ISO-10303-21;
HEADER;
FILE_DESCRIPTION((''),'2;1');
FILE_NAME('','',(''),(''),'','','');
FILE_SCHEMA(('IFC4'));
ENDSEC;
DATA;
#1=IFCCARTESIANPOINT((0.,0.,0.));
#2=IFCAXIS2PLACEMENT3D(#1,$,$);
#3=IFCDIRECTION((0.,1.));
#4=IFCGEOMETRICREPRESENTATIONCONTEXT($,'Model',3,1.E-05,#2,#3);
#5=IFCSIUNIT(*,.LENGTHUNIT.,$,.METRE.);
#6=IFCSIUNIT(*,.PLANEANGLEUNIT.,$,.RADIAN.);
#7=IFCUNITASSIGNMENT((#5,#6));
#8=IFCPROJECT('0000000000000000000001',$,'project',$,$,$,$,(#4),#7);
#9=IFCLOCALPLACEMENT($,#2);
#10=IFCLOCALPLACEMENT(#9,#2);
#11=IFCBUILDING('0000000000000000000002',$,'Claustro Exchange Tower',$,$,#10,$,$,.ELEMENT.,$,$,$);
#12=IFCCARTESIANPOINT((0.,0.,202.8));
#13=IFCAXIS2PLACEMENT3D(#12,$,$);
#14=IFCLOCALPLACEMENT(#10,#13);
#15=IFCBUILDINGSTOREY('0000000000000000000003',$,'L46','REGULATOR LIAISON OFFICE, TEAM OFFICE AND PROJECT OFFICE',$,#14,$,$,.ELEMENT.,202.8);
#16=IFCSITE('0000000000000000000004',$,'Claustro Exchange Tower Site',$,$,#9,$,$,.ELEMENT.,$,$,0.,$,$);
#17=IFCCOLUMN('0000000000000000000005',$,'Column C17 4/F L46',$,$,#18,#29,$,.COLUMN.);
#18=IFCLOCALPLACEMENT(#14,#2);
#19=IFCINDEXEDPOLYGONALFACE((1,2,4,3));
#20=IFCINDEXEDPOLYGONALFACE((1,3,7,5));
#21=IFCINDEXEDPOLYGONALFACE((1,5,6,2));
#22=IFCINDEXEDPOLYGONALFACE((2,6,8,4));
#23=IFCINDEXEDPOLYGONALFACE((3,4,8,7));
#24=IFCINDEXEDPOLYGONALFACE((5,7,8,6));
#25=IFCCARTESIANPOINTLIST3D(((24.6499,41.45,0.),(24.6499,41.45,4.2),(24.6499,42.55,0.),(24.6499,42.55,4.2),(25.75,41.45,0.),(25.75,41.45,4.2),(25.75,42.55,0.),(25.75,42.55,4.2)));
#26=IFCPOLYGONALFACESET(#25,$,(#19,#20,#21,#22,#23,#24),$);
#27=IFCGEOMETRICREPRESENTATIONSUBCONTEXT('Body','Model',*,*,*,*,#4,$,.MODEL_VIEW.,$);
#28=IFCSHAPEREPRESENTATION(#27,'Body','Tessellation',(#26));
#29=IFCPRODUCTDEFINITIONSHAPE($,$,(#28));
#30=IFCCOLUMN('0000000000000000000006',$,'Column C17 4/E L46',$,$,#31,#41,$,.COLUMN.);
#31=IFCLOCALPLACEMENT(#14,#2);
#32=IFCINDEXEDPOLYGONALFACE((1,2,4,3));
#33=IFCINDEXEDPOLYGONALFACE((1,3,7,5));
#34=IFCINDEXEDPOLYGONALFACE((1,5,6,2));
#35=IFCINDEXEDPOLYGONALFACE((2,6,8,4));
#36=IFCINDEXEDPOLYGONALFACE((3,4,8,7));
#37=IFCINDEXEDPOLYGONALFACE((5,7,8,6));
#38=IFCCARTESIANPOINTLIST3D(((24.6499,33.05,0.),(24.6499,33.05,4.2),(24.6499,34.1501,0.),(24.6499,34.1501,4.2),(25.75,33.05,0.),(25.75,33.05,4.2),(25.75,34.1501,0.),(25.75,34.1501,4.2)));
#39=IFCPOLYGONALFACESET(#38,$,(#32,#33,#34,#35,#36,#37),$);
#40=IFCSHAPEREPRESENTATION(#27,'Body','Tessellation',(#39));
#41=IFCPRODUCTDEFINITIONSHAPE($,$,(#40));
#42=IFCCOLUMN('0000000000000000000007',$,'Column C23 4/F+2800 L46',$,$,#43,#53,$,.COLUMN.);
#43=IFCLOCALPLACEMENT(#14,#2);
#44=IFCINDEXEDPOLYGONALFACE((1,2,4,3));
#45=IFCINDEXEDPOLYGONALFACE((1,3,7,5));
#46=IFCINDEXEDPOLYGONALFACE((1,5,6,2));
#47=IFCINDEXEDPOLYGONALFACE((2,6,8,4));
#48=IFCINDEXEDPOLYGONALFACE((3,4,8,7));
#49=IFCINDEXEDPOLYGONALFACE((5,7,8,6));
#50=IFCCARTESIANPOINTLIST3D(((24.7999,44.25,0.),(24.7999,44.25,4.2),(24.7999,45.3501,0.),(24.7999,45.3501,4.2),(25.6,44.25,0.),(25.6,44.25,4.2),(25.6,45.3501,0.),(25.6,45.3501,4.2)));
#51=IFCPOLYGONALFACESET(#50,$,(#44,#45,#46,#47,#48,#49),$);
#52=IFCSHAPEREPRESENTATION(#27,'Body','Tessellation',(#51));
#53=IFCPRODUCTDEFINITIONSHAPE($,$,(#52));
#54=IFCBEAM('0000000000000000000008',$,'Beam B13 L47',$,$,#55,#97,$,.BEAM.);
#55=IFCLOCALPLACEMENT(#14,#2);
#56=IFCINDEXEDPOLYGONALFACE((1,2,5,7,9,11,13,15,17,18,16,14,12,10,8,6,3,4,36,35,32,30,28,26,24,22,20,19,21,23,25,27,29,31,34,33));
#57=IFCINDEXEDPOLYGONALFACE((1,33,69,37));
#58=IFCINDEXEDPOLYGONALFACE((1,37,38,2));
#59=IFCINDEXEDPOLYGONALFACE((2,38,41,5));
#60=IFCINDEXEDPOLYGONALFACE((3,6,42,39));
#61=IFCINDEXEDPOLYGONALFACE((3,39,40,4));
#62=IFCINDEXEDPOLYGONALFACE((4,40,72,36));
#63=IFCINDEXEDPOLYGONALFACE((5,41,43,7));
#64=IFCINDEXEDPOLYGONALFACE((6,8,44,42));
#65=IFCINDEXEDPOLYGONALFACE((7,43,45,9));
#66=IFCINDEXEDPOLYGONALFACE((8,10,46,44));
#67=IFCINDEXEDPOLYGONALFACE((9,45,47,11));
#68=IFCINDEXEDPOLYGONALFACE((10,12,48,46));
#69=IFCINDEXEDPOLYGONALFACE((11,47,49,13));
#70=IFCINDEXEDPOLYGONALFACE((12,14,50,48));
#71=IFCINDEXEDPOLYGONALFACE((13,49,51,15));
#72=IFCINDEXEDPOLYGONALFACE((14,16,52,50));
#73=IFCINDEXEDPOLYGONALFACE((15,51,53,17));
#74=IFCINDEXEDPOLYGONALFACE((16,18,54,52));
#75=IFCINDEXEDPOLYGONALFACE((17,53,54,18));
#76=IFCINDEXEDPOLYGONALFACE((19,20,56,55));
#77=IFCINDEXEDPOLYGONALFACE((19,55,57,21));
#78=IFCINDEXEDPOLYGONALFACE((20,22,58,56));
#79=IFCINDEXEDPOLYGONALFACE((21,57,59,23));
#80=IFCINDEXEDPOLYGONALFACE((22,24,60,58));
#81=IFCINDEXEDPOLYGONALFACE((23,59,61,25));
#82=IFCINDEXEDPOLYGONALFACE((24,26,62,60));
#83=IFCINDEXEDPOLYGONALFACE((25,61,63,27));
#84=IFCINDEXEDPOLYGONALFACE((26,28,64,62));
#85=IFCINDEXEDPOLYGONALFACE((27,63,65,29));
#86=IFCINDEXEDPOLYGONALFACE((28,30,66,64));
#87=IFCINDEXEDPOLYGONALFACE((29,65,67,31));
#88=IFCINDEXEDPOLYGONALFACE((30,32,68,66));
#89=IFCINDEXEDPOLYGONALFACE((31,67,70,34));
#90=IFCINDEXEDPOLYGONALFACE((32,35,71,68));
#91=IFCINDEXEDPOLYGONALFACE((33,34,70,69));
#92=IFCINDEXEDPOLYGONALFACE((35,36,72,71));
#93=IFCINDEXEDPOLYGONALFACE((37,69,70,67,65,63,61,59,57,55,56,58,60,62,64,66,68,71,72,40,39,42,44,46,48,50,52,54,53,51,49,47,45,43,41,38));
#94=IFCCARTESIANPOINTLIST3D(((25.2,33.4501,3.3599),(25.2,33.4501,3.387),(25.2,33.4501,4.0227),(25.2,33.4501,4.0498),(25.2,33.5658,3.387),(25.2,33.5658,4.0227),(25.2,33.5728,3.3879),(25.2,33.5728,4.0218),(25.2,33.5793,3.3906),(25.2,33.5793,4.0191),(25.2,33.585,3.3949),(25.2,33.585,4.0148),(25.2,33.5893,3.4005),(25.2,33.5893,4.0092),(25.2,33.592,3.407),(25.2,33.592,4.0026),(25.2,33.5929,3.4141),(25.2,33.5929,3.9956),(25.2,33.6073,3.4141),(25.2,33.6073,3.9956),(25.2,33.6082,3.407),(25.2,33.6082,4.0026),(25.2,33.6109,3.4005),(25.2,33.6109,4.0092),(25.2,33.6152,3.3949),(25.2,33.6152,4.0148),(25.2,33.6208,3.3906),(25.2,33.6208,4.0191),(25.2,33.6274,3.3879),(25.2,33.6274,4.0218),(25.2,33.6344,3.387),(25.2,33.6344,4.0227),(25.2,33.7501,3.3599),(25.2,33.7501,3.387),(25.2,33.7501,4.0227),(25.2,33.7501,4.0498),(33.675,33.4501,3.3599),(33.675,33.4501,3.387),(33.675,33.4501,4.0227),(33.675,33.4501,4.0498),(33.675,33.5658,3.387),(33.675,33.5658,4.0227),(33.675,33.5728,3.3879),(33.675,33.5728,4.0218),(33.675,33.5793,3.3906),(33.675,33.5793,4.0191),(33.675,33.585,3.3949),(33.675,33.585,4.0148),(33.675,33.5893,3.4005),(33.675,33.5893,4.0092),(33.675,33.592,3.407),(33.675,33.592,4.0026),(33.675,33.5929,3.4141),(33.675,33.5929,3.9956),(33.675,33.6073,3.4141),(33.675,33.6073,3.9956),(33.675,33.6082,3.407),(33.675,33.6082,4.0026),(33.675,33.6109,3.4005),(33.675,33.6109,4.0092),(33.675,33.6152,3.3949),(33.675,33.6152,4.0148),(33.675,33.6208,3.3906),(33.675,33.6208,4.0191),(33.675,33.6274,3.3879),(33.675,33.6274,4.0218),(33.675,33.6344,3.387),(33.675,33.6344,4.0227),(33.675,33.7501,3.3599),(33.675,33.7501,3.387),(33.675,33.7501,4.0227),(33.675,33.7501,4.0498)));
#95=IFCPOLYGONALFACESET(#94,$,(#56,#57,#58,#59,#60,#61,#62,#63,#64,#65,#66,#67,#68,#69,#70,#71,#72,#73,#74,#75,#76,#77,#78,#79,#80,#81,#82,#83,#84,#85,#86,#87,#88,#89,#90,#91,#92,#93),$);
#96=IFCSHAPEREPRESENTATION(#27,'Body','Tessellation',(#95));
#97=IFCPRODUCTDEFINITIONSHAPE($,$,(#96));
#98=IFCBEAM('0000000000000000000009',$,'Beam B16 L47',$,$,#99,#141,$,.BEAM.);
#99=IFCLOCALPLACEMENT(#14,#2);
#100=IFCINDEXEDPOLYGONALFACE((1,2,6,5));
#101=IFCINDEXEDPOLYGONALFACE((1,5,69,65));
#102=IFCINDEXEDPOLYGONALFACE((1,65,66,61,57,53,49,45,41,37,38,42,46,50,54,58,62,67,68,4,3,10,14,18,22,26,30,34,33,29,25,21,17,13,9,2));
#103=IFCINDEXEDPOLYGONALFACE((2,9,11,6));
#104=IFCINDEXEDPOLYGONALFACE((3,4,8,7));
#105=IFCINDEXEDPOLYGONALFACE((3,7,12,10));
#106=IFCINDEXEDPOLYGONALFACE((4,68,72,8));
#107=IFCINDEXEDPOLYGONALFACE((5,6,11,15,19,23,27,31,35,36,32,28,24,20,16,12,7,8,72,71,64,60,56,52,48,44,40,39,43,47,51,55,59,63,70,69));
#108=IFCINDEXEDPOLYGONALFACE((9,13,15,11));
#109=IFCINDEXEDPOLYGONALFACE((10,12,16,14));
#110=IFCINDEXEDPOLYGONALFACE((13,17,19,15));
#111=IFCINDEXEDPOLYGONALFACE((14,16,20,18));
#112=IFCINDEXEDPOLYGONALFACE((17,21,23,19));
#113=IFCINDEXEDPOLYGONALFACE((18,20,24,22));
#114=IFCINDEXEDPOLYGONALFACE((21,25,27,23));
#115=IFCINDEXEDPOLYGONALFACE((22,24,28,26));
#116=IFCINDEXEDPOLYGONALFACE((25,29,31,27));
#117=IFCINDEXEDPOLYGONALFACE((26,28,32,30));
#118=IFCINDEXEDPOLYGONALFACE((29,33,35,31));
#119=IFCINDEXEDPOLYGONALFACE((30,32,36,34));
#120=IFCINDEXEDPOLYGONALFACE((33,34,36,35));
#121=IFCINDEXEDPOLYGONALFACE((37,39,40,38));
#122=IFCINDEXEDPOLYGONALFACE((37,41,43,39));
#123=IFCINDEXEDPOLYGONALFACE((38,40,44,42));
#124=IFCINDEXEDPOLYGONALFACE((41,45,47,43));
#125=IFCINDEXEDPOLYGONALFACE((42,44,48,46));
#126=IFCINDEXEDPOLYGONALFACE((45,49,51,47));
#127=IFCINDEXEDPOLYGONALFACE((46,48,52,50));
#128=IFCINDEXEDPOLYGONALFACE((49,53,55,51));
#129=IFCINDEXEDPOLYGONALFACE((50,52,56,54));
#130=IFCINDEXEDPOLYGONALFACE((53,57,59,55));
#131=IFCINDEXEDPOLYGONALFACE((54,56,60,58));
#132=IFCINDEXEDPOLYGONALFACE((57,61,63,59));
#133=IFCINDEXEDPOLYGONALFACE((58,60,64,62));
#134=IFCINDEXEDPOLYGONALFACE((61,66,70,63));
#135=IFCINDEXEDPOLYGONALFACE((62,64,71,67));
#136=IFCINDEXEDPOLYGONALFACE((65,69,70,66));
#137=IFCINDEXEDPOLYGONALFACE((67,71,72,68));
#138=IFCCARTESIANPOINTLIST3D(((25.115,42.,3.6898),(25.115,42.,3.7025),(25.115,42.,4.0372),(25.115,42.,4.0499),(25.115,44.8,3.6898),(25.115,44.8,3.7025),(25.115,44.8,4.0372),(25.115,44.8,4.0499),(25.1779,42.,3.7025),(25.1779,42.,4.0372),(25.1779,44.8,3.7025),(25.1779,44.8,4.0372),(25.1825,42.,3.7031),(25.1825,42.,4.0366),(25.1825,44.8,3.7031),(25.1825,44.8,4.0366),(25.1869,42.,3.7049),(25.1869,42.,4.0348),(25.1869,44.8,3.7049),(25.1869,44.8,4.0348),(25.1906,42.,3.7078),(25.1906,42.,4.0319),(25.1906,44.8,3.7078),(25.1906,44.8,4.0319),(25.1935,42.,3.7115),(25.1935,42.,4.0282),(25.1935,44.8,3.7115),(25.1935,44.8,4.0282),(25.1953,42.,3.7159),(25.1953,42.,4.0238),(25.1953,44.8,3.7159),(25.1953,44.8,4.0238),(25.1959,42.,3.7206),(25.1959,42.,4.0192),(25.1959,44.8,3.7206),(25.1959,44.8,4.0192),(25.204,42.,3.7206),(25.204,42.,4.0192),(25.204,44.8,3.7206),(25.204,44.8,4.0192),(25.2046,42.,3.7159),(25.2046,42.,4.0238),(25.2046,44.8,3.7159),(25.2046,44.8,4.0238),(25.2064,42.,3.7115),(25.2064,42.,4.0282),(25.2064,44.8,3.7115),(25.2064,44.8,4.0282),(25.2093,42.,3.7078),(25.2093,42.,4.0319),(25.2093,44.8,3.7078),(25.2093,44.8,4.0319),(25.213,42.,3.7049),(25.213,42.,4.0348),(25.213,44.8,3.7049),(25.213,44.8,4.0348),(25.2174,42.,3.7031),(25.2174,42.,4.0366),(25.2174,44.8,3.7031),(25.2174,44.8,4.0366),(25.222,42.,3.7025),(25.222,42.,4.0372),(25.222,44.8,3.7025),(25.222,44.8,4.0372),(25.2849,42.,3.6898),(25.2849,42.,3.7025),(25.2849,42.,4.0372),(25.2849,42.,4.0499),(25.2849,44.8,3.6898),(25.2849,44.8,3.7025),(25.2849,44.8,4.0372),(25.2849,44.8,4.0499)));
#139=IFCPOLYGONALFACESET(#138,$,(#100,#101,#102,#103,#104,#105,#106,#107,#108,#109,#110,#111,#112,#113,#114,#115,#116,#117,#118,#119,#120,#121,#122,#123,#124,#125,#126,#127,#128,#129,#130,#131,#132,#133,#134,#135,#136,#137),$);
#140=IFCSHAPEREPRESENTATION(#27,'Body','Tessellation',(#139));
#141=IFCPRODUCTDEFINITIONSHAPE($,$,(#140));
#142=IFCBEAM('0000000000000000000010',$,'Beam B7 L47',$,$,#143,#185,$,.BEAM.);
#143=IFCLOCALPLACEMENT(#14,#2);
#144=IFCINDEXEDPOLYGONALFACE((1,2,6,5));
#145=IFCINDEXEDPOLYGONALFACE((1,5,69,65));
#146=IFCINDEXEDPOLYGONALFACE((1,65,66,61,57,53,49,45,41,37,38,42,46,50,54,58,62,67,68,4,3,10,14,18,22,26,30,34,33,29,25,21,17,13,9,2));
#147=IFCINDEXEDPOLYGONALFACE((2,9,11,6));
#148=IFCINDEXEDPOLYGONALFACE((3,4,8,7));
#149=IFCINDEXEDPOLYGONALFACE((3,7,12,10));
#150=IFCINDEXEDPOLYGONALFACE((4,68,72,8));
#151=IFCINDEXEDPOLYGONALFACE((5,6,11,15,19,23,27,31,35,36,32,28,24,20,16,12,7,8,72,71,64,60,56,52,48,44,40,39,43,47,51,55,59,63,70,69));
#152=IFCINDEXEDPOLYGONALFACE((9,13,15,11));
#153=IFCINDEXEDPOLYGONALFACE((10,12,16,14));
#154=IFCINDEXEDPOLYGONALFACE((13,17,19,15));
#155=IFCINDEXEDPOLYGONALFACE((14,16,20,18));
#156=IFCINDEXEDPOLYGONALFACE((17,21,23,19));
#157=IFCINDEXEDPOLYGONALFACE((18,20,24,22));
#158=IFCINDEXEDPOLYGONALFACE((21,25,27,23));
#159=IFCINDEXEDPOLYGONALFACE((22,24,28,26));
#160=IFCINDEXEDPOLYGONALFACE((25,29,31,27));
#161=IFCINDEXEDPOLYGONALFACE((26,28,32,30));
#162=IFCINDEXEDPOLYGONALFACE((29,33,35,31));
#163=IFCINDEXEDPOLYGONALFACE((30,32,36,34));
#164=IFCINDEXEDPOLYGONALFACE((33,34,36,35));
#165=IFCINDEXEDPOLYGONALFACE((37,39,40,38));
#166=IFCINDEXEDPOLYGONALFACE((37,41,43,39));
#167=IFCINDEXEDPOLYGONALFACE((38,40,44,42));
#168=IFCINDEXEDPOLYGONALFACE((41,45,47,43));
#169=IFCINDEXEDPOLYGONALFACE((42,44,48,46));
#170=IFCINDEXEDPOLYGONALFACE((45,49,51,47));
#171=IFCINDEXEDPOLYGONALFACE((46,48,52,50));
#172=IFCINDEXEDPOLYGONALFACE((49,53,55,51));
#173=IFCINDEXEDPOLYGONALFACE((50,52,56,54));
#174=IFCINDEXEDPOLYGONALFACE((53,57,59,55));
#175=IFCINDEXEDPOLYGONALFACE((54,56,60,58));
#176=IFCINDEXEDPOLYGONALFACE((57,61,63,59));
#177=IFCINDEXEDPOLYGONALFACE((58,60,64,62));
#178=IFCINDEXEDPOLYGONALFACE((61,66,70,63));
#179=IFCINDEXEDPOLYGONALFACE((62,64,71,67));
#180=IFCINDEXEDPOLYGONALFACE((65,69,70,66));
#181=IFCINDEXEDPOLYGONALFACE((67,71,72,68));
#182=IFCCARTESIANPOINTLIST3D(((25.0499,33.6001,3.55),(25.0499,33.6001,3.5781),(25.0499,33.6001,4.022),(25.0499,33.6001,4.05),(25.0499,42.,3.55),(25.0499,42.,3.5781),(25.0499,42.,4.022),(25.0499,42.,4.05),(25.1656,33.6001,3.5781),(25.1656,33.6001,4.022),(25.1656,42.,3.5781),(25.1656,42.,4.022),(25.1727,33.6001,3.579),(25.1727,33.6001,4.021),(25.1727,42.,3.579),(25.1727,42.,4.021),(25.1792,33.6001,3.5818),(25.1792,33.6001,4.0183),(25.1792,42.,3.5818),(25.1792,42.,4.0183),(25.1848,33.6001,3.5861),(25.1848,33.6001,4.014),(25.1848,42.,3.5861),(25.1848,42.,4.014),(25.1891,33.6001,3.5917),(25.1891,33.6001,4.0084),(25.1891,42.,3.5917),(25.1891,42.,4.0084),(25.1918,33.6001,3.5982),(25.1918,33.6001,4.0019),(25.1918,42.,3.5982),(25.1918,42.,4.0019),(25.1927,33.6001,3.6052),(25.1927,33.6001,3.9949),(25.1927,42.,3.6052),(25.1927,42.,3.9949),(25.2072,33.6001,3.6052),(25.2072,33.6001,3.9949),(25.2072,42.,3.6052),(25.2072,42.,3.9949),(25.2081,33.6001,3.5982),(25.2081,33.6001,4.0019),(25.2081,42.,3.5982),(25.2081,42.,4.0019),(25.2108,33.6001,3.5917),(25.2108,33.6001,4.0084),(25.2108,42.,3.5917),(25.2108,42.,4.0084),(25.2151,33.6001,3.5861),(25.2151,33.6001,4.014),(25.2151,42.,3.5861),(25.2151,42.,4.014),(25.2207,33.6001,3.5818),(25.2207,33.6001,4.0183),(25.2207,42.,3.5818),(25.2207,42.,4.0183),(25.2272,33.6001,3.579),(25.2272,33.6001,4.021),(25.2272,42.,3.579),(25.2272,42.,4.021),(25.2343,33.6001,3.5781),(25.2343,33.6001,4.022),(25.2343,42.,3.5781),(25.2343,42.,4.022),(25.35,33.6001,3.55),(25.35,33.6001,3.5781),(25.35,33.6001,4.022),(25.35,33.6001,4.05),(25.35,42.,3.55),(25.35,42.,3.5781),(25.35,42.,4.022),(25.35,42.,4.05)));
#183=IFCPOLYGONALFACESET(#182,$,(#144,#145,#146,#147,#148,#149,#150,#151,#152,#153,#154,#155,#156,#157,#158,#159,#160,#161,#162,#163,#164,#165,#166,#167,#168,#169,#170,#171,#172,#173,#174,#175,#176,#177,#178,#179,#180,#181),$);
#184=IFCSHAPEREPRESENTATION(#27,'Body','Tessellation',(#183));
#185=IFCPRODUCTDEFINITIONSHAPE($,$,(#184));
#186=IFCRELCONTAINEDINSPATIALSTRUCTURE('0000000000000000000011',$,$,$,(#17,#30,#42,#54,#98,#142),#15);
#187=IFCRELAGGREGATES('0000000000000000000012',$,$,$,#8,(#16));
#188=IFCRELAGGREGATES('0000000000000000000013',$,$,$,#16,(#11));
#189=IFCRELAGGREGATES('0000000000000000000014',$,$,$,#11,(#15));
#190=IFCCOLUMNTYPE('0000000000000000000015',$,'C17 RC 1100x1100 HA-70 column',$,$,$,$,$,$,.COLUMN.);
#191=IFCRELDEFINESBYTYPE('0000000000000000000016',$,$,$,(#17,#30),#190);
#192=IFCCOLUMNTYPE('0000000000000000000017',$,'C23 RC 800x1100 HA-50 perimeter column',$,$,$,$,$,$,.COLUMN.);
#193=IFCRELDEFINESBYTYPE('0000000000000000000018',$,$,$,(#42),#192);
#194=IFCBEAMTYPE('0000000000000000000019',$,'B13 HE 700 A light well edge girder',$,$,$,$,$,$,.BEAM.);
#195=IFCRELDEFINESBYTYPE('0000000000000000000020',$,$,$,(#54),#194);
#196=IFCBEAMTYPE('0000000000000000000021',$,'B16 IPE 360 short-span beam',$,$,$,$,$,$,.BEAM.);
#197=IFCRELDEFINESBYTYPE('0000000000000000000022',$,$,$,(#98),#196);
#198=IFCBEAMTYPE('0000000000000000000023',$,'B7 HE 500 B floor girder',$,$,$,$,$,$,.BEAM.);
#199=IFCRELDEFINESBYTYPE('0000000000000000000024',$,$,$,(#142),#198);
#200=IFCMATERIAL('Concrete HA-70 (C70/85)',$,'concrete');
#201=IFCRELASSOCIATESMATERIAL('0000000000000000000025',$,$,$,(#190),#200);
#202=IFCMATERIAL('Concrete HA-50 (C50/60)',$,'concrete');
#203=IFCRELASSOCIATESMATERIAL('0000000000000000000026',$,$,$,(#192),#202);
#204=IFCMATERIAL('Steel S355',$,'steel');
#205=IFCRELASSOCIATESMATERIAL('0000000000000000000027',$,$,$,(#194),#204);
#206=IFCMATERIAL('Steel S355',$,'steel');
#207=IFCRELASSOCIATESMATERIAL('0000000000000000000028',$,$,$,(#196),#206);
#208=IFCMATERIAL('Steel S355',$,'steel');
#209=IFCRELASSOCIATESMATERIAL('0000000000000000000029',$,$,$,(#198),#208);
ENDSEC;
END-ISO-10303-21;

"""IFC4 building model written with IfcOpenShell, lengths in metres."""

from ifc_helpers import new_model, si_unit, direction, frame, origin, origin_2d, place, context, subcontext, project, spatial, rectangle, i_section, extrude, material, material_profile, profile_set, type_object, element, save


model = new_model("IFC4")

# Units and contexts
model_context = context("Model", 3, precision=1e-05, world=origin(), true_north=direction((0.0, 1.0)))
body_context = subcontext(model_context, "Body", "Model", "MODEL_VIEW")
ifc_project = project(units=[si_unit("LENGTHUNIT", "METRE"), si_unit("PLANEANGLEUNIT", "RADIAN")], contexts=[model_context])

# Site, building, storey
site_placement = place(None, origin())
site = spatial("IfcSite", under=ifc_project, at=site_placement, Name="Claustro Exchange Tower Site", CompositionType="ELEMENT", RefElevation=0.0)
building_placement = place(site_placement, origin())
building = spatial("IfcBuilding", under=site, at=building_placement, Name="Claustro Exchange Tower", CompositionType="ELEMENT")
storey_placement = place(building_placement, frame((0.0, 0.0, 202.8)))
storey = spatial("IfcBuildingStorey", under=building, at=storey_placement, Name="L46", Description="REGULATOR LIAISON OFFICE, TEAM OFFICE AND PROJECT OFFICE", CompositionType="ELEMENT", Elevation=202.8)

# Columns
ifc_material_1 = material(Name="Concrete HA-70 (C70/85)", Category="concrete")
ifc_material_profile_1 = material_profile(ifc_material_1, rectangle(XDim=1.1001, YDim=1.1001, at=origin_2d()), Name="RC 1100x1100")
ifc_profile_set_1 = profile_set([ifc_material_profile_1], Name="Concrete HA-70 (C70/85)")
column_type_1 = type_object("IfcColumnType", Name="C17 RC 1100x1100 HA-70 column", PredefinedType="COLUMN", material=ifc_profile_set_1)
for number, where, z_axis, x_axis, name in (
    (1, (25.2, 42.0, 0.0), (0.0, 0.0, 1.0), (1.0, 0.0, 0.0), "Column C17 4/F L46"),
    (2, (25.2, 33.6001, 0.0), (0.0, 0.0, 1.0), (1.0, 0.0, 0.0), "Column C17 4/E L46"),
):
    element("IfcColumn", number, at=place(storey_placement, frame(where, z_axis=z_axis, x_axis=x_axis)), inside=storey, type_object=column_type_1, Name=name, PredefinedType="COLUMN", context=body_context, shape_type="SweptSolid", body=[
        extrude(rectangle(XDim=1.1001, YDim=1.1001, at=origin_2d()), origin(), (0.0, 0.0, 1.0), 4.2),
    ])
ifc_material_2 = material(Name="Concrete HA-50 (C50/60)", Category="concrete")
ifc_material_profile_2 = material_profile(ifc_material_2, rectangle(XDim=0.8, YDim=1.1001, at=origin_2d()), Name="RC 800x1100")
ifc_profile_set_2 = profile_set([ifc_material_profile_2], Name="Concrete HA-50 (C50/60)")
column_type_2 = type_object("IfcColumnType", Name="C23 RC 800x1100 HA-50 perimeter column", PredefinedType="COLUMN", material=ifc_profile_set_2)
column_placement = place(storey_placement, frame((25.2, 44.8, 0.0), z_axis=(0.0, 0.0, 1.0), x_axis=(1.0, 0.0, 0.0)))
element("IfcColumn", 3, at=column_placement, inside=storey, type_object=column_type_2, Name="Column C23 4/F+2800 L46", PredefinedType="COLUMN", context=body_context, shape_type="SweptSolid", body=[
    extrude(rectangle(XDim=0.8, YDim=1.1001, at=origin_2d()), origin(), (0.0, 0.0, 1.0), 4.2),
])

# Beams
ifc_material_3 = material(Name="Steel S355", Category="steel")
ifc_material_profile_3 = material_profile(ifc_material_3, i_section(OverallWidth=0.3, OverallDepth=0.6899, WebThickness=0.0144, FlangeThickness=0.0271, FilletRadius=0.0271, at=origin_2d()), Name="HE 700 A")
ifc_profile_set_3 = profile_set([ifc_material_profile_3], Name="Steel S355")
beam_type_1 = type_object("IfcBeamType", Name="B13 HE 700 A light well edge girder", PredefinedType="BEAM", material=ifc_profile_set_3)
beam_1_placement = place(storey_placement, frame((25.2, 33.6001, 3.7048), z_axis=(1.0, 0.0, 0.0), x_axis=(0.0, 1.0, 0.0)))
element("IfcBeam", 4, at=beam_1_placement, inside=storey, type_object=beam_type_1, Name="Beam B13 L47", PredefinedType="BEAM", context=body_context, shape_type="SweptSolid", body=[
    extrude(i_section(OverallWidth=0.3, OverallDepth=0.6899, WebThickness=0.0144, FlangeThickness=0.0271, FilletRadius=0.0271, at=origin_2d()), origin(), (0.0, 0.0, 1.0), 8.4751),
])
ifc_material_4 = material(Name="Steel S355", Category="steel")
ifc_material_profile_4 = material_profile(ifc_material_4, i_section(OverallWidth=0.1699, OverallDepth=0.3601, WebThickness=0.0081, FlangeThickness=0.0127, FilletRadius=0.0181, at=origin_2d()), Name="IPE 360")
ifc_profile_set_4 = profile_set([ifc_material_profile_4], Name="Steel S355")
beam_type_2 = type_object("IfcBeamType", Name="B16 IPE 360 short-span beam", PredefinedType="BEAM", material=ifc_profile_set_4)
beam_2_placement = place(storey_placement, frame((25.2, 42.0, 3.8699), z_axis=(0.0, 1.0, 0.0), x_axis=(-1.0, 0.0, 0.0)))
element("IfcBeam", 5, at=beam_2_placement, inside=storey, type_object=beam_type_2, Name="Beam B16 L47", PredefinedType="BEAM", context=body_context, shape_type="SweptSolid", body=[
    extrude(i_section(OverallWidth=0.1699, OverallDepth=0.3601, WebThickness=0.0081, FlangeThickness=0.0127, FilletRadius=0.0181, at=origin_2d()), origin(), (0.0, 0.0, 1.0), 2.8),
])
ifc_material_5 = material(Name="Steel S355", Category="steel")
ifc_material_profile_5 = material_profile(ifc_material_5, i_section(OverallWidth=0.3, OverallDepth=0.5, WebThickness=0.0144, FlangeThickness=0.0281, FilletRadius=0.0271, at=origin_2d()), Name="HE 500 B")
ifc_profile_set_5 = profile_set([ifc_material_profile_5], Name="Steel S355")
beam_type_3 = type_object("IfcBeamType", Name="B7 HE 500 B floor girder", PredefinedType="BEAM", material=ifc_profile_set_5)
beam_3_placement = place(storey_placement, frame((25.2, 33.6001, 3.8), z_axis=(0.0, 1.0, 0.0), x_axis=(-1.0, 0.0, 0.0)))
element("IfcBeam", 6, at=beam_3_placement, inside=storey, type_object=beam_type_3, Name="Beam B7 L47", PredefinedType="BEAM", context=body_context, shape_type="SweptSolid", body=[
    extrude(i_section(OverallWidth=0.3, OverallDepth=0.5, WebThickness=0.0144, FlangeThickness=0.0281, FilletRadius=0.0271, at=origin_2d()), origin(), (0.0, 0.0, 1.0), 8.3999),
])

save(model, "model.ifc")
